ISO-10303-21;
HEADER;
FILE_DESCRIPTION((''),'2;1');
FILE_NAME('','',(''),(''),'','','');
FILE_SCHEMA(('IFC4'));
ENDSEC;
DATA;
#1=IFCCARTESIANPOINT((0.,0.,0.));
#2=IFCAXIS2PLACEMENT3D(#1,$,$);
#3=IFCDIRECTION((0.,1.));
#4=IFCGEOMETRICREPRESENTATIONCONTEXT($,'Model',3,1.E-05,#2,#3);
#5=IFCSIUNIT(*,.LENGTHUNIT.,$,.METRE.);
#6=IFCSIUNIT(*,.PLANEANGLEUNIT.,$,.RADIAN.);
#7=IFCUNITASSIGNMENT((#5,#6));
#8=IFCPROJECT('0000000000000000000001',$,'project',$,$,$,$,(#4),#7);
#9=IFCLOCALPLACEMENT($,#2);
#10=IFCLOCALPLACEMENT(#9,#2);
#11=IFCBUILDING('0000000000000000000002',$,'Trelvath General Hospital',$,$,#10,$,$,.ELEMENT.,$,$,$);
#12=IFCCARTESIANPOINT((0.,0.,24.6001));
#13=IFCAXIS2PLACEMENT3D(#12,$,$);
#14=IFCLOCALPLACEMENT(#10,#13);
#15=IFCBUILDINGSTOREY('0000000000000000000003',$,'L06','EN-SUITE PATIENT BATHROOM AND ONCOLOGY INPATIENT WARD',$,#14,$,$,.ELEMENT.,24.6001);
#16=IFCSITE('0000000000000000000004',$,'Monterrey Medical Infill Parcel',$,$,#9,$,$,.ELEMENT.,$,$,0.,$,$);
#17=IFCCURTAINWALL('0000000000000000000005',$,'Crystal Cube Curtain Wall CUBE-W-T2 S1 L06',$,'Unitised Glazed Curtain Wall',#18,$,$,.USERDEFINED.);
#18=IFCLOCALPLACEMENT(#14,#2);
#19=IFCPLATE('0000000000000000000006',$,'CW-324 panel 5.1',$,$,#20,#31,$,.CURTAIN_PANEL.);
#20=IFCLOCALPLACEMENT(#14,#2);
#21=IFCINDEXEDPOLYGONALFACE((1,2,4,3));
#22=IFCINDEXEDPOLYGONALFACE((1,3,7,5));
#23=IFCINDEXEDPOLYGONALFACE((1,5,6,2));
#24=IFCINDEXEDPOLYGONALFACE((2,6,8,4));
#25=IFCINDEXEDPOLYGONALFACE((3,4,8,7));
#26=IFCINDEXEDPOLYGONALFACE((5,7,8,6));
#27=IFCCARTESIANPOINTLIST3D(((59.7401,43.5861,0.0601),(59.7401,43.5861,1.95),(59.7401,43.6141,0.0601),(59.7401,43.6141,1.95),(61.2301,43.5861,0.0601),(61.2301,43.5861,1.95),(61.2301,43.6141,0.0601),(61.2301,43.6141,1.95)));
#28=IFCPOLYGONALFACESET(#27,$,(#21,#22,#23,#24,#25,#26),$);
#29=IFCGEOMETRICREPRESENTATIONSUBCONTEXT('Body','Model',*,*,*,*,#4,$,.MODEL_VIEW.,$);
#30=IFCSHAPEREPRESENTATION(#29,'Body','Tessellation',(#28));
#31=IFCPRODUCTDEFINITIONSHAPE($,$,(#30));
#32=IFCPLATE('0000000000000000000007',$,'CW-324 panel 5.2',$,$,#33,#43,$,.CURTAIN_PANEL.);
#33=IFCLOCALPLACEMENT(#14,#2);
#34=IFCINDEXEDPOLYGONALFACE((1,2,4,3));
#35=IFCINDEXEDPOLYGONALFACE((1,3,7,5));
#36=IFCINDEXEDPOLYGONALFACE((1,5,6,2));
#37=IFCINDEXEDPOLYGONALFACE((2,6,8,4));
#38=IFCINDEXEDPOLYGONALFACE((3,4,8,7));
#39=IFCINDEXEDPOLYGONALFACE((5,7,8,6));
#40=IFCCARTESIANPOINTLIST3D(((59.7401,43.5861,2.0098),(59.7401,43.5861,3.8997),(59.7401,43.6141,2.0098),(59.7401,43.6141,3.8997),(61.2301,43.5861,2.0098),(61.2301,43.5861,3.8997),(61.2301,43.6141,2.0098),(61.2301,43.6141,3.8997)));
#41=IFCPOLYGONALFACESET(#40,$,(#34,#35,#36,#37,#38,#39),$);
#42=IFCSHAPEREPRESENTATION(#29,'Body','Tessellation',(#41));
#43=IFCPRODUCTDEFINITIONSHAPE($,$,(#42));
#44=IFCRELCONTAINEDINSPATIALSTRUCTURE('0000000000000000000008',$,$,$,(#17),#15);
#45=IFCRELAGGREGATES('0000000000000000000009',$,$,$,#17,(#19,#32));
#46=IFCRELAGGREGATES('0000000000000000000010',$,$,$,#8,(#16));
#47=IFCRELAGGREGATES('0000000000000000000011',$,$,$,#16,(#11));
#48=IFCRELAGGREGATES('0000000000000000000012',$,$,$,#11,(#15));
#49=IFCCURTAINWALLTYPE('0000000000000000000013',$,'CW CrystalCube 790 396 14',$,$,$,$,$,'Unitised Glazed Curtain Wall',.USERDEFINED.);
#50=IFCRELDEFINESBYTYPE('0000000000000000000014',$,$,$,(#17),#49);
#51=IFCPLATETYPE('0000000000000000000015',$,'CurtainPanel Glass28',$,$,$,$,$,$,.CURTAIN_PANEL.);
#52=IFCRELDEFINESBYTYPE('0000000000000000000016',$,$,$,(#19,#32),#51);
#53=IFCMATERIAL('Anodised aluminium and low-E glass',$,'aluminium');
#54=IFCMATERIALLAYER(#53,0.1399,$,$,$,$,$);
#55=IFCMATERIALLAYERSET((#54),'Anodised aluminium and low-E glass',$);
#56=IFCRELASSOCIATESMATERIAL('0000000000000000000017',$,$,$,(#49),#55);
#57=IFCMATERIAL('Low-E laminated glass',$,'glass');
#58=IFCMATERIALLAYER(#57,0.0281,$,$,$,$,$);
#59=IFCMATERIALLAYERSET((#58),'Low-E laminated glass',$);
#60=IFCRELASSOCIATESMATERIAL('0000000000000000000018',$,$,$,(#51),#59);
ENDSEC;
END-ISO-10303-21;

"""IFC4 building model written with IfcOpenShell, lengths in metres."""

from ifc_helpers import new_model, si_unit, direction, frame, origin, origin_2d, place, context, subcontext, project, spatial, rectangle, extrude, material, layer, layer_set, type_object, element, aggregate, save


model = new_model("IFC4")

# Units and contexts
model_context = context("Model", 3, precision=1e-05, world=origin(), true_north=direction((0.0, 1.0)))
body_context = subcontext(model_context, "Body", "Model", "MODEL_VIEW")
ifc_project = project(units=[si_unit("LENGTHUNIT", "METRE"), si_unit("PLANEANGLEUNIT", "RADIAN")], contexts=[model_context])

# Site, building, storey
site_placement = place(None, origin())
site = spatial("IfcSite", under=ifc_project, at=site_placement, Name="Monterrey Medical Infill Parcel", CompositionType="ELEMENT", RefElevation=0.0)
building_placement = place(site_placement, origin())
building = spatial("IfcBuilding", under=site, at=building_placement, Name="Trelvath General Hospital", CompositionType="ELEMENT")
storey_placement = place(building_placement, frame((0.0, 0.0, 24.6001)))
storey = spatial("IfcBuildingStorey", under=building, at=storey_placement, Name="L06", Description="EN-SUITE PATIENT BATHROOM AND ONCOLOGY INPATIENT WARD", CompositionType="ELEMENT", Elevation=24.6001)

# Curtain wall, plates
ifc_material_1 = material(Name="Anodised aluminium and low-E glass", Category="aluminium")
ifc_layer_1 = layer(ifc_material_1, 0.1399)
ifc_layer_set_1 = layer_set([ifc_layer_1], Name="Anodised aluminium and low-E glass")
curtain_wall_type = type_object("IfcCurtainWallType", Name="CW CrystalCube 790 396 14", ElementType="Unitised Glazed Curtain Wall", PredefinedType="USERDEFINED", material=ifc_layer_set_1)
curtain_wall_placement = place(storey_placement, origin())
curtain_wall = element("IfcCurtainWall", 1, at=curtain_wall_placement, inside=storey, type_object=curtain_wall_type, Name="Crystal Cube Curtain Wall CUBE-W-T2 S1 L06", ObjectType="Unitised Glazed Curtain Wall", PredefinedType="USERDEFINED")
ifc_material_2 = material(Name="Low-E laminated glass", Category="glass")
ifc_layer_2 = layer(ifc_material_2, 0.0281)
ifc_layer_set_2 = layer_set([ifc_layer_2], Name="Low-E laminated glass")
plate_type = type_object("IfcPlateType", Name="CurtainPanel Glass28", PredefinedType="CURTAIN_PANEL", material=ifc_layer_set_2)
plate_1_placement = place(storey_placement, frame((60.4851, 43.6001, 0.0601), z_axis=(0.0, 0.0, 1.0), x_axis=(-1.0, 0.0, 0.0)))
plate_1 = element("IfcPlate", 2, at=plate_1_placement, type_object=plate_type, Name="CW-324 panel 5.1", PredefinedType="CURTAIN_PANEL", context=body_context, shape_type="SweptSolid", body=[
    extrude(rectangle(XDim=1.49, YDim=0.0281, at=origin_2d()), origin(), (0.0, 0.0, 1.0), 1.8899),
])
plate_2_placement = place(storey_placement, frame((60.4851, 43.6001, 2.0098), z_axis=(0.0, 0.0, 1.0), x_axis=(-1.0, 0.0, 0.0)))
plate_2 = element("IfcPlate", 3, at=plate_2_placement, type_object=plate_type, Name="CW-324 panel 5.2", PredefinedType="CURTAIN_PANEL", context=body_context, shape_type="SweptSolid", body=[
    extrude(rectangle(XDim=1.49, YDim=0.0281, at=origin_2d()), origin(), (0.0, 0.0, 1.0), 1.8899),
])
aggregate(curtain_wall, [plate_1, plate_2])

save(model, "model.ifc")
